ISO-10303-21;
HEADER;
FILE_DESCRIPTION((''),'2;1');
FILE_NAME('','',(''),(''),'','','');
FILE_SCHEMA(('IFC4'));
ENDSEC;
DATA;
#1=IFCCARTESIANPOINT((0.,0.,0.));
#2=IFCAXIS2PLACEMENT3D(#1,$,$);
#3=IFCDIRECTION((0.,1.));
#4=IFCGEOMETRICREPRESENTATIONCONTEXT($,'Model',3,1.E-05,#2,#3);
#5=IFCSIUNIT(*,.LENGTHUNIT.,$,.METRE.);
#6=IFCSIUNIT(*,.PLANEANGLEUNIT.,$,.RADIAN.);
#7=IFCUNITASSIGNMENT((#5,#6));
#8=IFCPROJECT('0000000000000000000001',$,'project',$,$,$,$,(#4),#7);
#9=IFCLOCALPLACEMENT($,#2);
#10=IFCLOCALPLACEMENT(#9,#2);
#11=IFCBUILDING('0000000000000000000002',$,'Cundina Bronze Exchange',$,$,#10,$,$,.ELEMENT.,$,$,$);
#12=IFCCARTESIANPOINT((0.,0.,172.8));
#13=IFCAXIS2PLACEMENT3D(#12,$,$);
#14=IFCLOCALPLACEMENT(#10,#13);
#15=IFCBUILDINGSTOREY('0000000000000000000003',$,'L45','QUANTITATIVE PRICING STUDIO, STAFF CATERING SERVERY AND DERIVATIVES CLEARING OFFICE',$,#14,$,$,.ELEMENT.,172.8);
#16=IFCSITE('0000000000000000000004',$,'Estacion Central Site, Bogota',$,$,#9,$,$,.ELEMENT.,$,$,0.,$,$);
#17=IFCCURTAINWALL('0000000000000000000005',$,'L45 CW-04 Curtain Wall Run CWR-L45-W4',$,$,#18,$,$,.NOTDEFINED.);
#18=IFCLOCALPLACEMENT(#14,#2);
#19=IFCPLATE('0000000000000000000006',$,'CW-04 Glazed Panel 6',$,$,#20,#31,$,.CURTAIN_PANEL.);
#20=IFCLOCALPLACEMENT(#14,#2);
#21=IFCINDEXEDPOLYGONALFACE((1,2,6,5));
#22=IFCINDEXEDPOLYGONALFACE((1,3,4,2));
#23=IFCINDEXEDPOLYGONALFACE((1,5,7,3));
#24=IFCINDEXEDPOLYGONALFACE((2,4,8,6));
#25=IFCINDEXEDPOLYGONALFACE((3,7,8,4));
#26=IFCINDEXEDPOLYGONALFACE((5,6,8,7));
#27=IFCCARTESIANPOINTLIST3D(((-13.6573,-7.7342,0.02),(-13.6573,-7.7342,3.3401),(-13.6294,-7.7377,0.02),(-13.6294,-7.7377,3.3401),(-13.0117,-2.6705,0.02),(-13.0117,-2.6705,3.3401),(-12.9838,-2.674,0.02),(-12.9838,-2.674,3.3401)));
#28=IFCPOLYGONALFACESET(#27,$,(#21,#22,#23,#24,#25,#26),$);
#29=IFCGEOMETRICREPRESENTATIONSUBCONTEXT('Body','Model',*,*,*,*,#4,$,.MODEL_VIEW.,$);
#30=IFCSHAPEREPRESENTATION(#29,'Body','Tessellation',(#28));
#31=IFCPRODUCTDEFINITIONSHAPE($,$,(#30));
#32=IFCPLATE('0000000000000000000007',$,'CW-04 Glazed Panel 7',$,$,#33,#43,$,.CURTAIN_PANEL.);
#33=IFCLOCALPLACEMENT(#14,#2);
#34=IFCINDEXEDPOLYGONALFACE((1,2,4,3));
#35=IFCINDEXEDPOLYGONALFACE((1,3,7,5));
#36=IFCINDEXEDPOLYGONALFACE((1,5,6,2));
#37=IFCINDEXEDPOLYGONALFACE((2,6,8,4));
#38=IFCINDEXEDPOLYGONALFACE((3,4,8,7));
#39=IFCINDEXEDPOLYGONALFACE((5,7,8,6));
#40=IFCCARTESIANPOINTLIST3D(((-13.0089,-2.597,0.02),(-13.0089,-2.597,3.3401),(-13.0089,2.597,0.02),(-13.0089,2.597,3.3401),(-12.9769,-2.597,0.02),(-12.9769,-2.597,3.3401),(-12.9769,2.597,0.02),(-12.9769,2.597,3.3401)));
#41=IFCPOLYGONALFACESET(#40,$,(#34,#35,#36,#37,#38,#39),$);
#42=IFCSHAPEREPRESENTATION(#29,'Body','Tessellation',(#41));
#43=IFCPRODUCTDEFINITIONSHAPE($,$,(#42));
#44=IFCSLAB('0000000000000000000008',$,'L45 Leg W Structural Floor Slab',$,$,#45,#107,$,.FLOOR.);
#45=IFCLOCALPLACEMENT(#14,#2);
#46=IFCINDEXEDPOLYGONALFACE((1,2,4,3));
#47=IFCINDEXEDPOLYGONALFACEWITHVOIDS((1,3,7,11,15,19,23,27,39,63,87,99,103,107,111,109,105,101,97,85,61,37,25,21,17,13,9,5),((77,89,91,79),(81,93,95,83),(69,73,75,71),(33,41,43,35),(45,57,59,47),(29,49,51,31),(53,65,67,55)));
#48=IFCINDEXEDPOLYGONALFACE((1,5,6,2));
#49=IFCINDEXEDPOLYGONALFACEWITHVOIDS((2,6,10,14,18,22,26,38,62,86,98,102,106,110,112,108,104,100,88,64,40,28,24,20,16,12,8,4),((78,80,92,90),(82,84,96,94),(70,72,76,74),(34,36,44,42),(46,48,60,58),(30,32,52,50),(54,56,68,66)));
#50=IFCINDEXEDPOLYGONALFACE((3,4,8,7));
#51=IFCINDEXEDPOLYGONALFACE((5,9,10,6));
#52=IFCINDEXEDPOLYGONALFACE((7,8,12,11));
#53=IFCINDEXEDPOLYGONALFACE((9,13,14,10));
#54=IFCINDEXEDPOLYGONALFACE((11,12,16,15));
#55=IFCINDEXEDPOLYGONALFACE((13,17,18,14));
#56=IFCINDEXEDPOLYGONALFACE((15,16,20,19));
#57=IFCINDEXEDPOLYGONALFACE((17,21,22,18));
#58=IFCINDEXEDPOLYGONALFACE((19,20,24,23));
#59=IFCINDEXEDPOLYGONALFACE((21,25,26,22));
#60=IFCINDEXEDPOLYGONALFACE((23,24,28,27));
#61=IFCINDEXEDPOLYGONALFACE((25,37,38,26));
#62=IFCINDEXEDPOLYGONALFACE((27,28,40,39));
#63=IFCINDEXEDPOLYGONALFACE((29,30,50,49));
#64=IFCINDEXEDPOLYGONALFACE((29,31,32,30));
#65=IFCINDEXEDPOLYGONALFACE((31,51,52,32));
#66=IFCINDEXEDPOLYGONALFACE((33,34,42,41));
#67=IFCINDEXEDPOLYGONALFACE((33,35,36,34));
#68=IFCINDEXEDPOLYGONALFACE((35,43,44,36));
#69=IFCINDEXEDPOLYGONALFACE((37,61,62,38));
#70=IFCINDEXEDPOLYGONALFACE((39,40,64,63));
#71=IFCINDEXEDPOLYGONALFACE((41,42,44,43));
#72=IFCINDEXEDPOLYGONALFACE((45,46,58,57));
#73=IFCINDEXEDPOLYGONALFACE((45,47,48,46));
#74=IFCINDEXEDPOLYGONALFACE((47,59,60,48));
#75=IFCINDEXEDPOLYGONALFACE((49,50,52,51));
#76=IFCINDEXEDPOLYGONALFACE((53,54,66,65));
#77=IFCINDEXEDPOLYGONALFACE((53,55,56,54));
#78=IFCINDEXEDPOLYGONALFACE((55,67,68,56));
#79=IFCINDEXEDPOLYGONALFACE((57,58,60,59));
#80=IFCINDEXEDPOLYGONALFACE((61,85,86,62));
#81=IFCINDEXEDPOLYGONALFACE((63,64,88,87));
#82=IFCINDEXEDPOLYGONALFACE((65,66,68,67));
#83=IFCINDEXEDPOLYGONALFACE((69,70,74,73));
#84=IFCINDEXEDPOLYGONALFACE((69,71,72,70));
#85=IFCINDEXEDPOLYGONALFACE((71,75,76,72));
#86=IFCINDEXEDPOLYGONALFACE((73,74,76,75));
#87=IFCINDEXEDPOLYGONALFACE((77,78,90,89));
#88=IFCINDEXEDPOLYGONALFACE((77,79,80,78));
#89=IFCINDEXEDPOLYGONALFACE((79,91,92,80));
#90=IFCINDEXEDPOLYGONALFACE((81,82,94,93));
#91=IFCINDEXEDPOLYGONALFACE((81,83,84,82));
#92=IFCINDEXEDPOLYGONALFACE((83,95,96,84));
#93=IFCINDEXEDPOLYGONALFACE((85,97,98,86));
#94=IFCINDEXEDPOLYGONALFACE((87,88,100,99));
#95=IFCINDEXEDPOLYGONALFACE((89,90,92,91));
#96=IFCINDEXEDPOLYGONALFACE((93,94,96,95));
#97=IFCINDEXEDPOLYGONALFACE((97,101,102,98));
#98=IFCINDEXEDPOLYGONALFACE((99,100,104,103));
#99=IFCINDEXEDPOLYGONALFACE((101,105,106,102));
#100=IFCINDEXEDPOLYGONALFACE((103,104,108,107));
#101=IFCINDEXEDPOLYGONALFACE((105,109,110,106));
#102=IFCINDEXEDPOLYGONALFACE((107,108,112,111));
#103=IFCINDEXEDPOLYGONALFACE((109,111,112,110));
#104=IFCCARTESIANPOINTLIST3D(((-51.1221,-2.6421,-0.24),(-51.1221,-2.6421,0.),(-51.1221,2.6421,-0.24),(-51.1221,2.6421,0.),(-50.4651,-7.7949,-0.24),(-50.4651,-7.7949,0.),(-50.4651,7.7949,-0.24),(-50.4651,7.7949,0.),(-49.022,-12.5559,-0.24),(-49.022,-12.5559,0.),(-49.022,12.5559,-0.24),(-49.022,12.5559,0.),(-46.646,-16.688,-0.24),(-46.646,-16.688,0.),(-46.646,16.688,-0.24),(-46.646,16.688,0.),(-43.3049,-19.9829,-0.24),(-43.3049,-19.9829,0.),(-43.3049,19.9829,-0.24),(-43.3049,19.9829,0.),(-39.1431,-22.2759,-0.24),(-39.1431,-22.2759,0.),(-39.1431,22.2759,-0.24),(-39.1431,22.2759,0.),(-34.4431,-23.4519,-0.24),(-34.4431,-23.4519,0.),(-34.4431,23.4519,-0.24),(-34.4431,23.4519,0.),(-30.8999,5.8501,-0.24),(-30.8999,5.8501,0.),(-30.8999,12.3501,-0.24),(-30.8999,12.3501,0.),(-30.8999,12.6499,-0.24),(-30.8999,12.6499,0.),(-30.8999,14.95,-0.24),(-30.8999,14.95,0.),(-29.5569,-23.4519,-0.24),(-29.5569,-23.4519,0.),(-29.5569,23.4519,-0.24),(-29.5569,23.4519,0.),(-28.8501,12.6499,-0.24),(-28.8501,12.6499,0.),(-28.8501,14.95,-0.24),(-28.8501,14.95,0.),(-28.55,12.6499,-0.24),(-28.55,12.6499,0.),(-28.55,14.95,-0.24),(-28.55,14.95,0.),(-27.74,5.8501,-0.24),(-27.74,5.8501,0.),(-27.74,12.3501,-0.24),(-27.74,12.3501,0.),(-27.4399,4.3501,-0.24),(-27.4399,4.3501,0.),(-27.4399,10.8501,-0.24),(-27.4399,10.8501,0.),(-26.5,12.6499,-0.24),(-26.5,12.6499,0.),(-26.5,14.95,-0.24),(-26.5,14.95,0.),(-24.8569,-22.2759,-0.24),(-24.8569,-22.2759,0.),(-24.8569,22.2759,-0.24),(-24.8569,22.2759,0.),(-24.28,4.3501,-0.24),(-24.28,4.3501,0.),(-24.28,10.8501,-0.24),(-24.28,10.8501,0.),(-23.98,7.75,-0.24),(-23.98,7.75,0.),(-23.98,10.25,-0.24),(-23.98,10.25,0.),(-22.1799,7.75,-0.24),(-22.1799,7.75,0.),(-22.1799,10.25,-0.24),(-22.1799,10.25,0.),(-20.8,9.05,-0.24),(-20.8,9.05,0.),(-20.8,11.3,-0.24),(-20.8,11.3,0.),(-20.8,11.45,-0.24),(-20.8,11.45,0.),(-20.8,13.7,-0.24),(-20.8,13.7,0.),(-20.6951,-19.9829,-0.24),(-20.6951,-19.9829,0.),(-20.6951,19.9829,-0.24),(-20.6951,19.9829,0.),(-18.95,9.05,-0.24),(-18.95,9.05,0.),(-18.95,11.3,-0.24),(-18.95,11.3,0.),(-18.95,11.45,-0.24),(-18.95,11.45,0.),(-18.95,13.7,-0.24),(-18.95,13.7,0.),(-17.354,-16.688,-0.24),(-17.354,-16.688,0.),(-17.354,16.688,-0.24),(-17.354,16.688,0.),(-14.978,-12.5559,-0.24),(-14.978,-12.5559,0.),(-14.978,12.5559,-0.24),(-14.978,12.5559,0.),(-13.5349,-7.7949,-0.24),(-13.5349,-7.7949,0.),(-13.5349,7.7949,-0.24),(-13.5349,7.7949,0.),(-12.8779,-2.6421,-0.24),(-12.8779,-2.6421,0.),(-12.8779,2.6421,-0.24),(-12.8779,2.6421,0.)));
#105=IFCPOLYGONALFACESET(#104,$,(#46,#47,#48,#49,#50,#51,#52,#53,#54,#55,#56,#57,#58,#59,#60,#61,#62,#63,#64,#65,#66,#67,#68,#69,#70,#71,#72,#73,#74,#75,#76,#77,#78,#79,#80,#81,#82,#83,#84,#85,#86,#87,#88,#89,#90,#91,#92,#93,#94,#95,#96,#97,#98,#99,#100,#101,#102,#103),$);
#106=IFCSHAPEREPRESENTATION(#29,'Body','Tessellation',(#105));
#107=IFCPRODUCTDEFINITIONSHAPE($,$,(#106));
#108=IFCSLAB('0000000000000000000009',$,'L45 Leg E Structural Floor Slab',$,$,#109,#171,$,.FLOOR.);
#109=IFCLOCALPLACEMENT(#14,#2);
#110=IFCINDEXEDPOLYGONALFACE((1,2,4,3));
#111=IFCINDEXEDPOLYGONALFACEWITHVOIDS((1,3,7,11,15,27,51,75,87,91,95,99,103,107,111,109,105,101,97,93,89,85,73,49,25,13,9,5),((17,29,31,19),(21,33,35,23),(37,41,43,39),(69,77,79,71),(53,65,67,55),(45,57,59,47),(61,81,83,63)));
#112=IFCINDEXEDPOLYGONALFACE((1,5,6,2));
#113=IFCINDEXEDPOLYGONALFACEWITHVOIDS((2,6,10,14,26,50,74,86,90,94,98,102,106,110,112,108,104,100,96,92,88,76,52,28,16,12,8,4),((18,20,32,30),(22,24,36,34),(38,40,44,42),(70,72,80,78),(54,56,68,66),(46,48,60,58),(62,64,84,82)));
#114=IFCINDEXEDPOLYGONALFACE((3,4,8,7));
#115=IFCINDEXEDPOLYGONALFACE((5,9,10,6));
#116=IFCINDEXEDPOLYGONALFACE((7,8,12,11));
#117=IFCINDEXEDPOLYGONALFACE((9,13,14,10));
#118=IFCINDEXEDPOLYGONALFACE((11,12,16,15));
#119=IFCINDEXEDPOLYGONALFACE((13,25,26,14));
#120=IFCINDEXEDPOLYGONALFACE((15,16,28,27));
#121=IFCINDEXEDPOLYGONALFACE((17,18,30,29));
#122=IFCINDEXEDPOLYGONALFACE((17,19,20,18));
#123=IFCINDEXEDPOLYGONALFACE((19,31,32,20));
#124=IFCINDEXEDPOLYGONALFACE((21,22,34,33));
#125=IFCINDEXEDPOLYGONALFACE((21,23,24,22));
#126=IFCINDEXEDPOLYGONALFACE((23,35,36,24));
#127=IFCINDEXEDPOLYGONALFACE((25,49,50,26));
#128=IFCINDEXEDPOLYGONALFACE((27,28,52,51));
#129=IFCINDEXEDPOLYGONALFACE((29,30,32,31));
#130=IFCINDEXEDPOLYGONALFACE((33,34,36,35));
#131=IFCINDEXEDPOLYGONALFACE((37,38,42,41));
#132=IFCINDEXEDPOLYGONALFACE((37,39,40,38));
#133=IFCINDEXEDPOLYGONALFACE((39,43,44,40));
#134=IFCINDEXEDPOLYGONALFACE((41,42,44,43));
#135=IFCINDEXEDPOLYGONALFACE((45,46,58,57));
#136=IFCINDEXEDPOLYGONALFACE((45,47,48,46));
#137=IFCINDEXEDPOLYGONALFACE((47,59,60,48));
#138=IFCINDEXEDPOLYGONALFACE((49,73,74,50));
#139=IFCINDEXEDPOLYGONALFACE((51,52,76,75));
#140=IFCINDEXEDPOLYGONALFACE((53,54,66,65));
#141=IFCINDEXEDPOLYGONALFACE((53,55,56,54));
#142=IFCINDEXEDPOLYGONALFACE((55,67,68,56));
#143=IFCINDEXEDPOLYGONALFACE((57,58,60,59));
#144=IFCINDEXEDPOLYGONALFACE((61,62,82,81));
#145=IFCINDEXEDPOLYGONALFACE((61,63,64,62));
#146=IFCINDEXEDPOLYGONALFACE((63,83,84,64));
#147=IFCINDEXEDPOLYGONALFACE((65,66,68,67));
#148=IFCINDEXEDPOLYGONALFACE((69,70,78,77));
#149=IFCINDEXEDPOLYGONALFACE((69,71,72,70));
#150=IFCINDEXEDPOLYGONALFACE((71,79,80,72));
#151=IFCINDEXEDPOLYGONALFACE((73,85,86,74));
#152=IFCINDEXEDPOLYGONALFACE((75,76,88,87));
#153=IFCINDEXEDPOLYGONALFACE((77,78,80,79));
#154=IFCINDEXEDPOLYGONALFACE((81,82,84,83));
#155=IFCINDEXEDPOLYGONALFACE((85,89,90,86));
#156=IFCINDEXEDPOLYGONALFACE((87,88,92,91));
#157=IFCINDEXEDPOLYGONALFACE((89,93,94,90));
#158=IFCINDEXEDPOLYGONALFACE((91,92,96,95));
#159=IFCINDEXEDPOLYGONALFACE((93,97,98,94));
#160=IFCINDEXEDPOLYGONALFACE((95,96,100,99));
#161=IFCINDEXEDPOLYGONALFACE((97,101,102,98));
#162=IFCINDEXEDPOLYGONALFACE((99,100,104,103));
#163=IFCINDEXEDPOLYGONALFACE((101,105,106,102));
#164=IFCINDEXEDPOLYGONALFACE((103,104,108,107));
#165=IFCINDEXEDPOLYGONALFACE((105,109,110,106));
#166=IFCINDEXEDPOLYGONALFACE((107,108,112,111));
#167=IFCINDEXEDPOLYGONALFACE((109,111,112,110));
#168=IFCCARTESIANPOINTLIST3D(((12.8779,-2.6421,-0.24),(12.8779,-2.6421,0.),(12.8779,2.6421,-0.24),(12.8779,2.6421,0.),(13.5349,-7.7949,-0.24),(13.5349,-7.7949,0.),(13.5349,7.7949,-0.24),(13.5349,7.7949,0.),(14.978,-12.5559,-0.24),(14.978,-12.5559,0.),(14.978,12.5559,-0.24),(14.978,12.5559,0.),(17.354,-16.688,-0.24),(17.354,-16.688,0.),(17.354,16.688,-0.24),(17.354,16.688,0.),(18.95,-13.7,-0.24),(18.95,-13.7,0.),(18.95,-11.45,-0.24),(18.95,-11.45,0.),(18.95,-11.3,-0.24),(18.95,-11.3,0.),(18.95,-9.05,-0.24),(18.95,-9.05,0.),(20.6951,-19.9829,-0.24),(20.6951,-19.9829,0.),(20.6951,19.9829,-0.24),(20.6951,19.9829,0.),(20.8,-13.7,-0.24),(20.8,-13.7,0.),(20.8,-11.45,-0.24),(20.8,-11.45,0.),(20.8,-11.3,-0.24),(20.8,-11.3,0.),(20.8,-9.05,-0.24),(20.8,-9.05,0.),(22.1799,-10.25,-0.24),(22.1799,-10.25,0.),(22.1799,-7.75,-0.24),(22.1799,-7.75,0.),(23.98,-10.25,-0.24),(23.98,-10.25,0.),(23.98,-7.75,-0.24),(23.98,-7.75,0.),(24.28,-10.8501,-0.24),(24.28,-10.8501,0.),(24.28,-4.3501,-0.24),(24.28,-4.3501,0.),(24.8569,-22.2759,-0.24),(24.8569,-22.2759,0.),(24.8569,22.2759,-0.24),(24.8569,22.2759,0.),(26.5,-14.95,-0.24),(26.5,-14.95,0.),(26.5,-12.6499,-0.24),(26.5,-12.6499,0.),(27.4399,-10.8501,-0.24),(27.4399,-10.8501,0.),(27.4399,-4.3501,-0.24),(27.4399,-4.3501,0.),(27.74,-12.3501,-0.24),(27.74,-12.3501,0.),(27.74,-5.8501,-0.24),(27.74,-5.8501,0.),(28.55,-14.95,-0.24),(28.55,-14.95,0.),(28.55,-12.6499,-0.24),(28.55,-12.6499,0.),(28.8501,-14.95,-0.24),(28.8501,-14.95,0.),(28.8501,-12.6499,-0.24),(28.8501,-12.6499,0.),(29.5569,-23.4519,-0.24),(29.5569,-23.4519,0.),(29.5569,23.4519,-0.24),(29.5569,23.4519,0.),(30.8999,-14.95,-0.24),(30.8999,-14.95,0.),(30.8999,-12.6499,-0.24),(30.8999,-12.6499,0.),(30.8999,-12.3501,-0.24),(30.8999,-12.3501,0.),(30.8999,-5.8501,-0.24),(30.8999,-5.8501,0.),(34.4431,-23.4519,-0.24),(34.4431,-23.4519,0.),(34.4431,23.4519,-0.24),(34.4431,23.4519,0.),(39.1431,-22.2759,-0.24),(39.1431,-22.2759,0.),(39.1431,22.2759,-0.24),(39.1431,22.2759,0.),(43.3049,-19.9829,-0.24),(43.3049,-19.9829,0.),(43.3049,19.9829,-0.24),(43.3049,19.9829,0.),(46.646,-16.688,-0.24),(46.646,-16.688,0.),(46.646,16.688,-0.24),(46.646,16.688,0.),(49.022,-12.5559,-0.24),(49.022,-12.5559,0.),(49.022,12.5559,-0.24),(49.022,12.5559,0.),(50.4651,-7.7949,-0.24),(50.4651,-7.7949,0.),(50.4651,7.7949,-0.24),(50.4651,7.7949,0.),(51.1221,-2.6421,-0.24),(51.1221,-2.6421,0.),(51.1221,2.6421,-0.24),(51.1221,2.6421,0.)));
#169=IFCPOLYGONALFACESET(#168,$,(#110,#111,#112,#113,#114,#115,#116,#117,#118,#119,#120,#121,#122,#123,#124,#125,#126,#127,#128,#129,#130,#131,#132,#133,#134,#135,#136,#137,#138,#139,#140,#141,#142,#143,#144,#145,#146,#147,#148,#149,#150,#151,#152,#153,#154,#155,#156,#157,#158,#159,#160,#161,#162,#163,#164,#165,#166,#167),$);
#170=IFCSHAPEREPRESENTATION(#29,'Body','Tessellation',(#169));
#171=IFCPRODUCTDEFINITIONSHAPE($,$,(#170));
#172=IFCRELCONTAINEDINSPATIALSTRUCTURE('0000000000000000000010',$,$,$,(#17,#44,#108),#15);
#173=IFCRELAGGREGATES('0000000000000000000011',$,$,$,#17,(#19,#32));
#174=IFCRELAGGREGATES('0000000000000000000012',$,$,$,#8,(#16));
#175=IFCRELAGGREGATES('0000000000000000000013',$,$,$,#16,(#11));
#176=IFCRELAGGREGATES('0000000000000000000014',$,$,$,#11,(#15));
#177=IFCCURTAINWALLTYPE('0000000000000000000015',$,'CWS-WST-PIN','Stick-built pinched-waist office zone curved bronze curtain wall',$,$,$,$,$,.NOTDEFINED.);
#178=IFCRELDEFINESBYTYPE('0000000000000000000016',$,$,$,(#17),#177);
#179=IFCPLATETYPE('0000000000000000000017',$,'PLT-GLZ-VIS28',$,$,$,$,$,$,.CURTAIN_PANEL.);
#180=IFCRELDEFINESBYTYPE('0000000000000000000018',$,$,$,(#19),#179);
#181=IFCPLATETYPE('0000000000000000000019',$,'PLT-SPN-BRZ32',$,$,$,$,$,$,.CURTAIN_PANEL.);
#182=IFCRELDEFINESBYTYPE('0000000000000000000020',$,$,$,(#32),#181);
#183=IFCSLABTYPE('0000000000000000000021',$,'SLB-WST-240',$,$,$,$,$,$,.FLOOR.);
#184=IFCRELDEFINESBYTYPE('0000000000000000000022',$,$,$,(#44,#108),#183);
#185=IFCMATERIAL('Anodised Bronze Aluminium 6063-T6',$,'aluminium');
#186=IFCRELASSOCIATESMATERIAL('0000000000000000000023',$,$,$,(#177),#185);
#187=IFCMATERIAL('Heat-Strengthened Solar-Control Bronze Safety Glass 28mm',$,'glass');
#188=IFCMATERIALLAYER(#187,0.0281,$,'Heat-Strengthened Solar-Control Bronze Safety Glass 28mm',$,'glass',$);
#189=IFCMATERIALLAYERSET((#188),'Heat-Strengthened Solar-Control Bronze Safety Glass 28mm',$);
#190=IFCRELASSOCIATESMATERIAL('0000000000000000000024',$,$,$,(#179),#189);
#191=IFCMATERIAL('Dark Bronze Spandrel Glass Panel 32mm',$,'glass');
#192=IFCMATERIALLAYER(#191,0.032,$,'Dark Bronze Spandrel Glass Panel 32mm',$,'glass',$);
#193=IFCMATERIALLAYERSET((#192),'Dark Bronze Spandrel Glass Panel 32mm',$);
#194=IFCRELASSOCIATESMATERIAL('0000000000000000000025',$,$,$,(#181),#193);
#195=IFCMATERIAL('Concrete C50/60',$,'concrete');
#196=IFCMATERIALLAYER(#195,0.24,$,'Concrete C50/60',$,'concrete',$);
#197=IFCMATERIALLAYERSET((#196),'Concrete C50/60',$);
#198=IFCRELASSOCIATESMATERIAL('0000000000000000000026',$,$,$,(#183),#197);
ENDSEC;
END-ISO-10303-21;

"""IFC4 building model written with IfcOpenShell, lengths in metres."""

from ifc_helpers import new_model, si_unit, direction, frame, origin, origin_2d, place, context, subcontext, project, spatial, polyline, rectangle, outline, extrude, material, layer, layer_set, type_object, element, aggregate, save


model = new_model("IFC4")

# Units and contexts
model_context = context("Model", 3, precision=1e-05, world=origin(), true_north=direction((0.0, 1.0)))
body_context = subcontext(model_context, "Body", "Model", "MODEL_VIEW")
ifc_project = project(units=[si_unit("LENGTHUNIT", "METRE"), si_unit("PLANEANGLEUNIT", "RADIAN")], contexts=[model_context])

# Site, building, storey
site_placement = place(None, origin())
site = spatial("IfcSite", under=ifc_project, at=site_placement, Name="Estacion Central Site, Bogota", CompositionType="ELEMENT", RefElevation=0.0)
building_placement = place(site_placement, origin())
building = spatial("IfcBuilding", under=site, at=building_placement, Name="Cundina Bronze Exchange", CompositionType="ELEMENT")
storey_placement = place(building_placement, frame((0.0, 0.0, 172.8)))
storey = spatial("IfcBuildingStorey", under=building, at=storey_placement, Name="L45", Description="QUANTITATIVE PRICING STUDIO, STAFF CATERING SERVERY AND DERIVATIVES CLEARING OFFICE", CompositionType="ELEMENT", Elevation=172.8)

# Shared definitions
ifc_material_1 = material(Name="Concrete C50/60", Category="concrete")

# Shared definitions
ifc_material_2 = material(Name="Anodised Bronze Aluminium 6063-T6", Category="aluminium")
curtain_wall_type = type_object("IfcCurtainWallType", Name="CWS-WST-PIN", Description="Stick-built pinched-waist office zone curved bronze curtain wall", PredefinedType="NOTDEFINED", material=ifc_material_2)

# Curtain wall
curtain_wall_1_placement = place(storey_placement, origin())
curtain_wall_1 = element("IfcCurtainWall", 1, at=curtain_wall_1_placement, inside=storey, type_object=curtain_wall_type, Name="L45 CW-04 Curtain Wall Run CWR-L45-W4", PredefinedType="NOTDEFINED")

# Plates
ifc_material_3 = material(Name="Heat-Strengthened Solar-Control Bronze Safety Glass 28mm", Category="glass")
ifc_layer_1 = layer(ifc_material_3, 0.0281, Name="Heat-Strengthened Solar-Control Bronze Safety Glass 28mm", Category="glass")
ifc_layer_set_1 = layer_set([ifc_layer_1], Name="Heat-Strengthened Solar-Control Bronze Safety Glass 28mm")
plate_type_1 = type_object("IfcPlateType", Name="PLT-GLZ-VIS28", PredefinedType="CURTAIN_PANEL", material=ifc_layer_set_1)
plate_1_placement = place(storey_placement, frame((-13.3206, -5.2041, 0.02), z_axis=(0.0, 0.0, 1.0), x_axis=(0.126476, 0.99197, 0.0)))
plate_1 = element("IfcPlate", 2, at=plate_1_placement, type_object=plate_type_1, Name="CW-04 Glazed Panel 6", PredefinedType="CURTAIN_PANEL", context=body_context, shape_type="SweptSolid", body=[
    extrude(rectangle(XDim=5.1047, YDim=0.0281, at=origin_2d()), origin(), (0.0, 0.0, 1.0), 3.3201),
])
ifc_material_4 = material(Name="Dark Bronze Spandrel Glass Panel 32mm", Category="glass")
ifc_layer_2 = layer(ifc_material_4, 0.032, Name="Dark Bronze Spandrel Glass Panel 32mm", Category="glass")
ifc_layer_set_2 = layer_set([ifc_layer_2], Name="Dark Bronze Spandrel Glass Panel 32mm")
plate_type_2 = type_object("IfcPlateType", Name="PLT-SPN-BRZ32", PredefinedType="CURTAIN_PANEL", material=ifc_layer_set_2)
plate_2_placement = place(storey_placement, frame((-12.9929, 0.0, 0.02), z_axis=(0.0, 0.0, 1.0), x_axis=(0.0, 1.0, 0.0)))
plate_2 = element("IfcPlate", 3, at=plate_2_placement, type_object=plate_type_2, Name="CW-04 Glazed Panel 7", PredefinedType="CURTAIN_PANEL", context=body_context, shape_type="SweptSolid", body=[
    extrude(rectangle(XDim=5.1941, YDim=0.032, at=origin_2d()), origin(), (0.0, 0.0, 1.0), 3.3201),
])
aggregate(curtain_wall_1, [plate_1, plate_2])

# Slabs
ifc_layer_3 = layer(ifc_material_1, 0.24, Name="Concrete C50/60", Category="concrete")
ifc_layer_set_3 = layer_set([ifc_layer_3], Name="Concrete C50/60")
slab_type = type_object("IfcSlabType", Name="SLB-WST-240", PredefinedType="FLOOR", material=ifc_layer_set_3)
slab_1_placement = place(storey_placement, frame((0.0, 0.0, -0.24)))
element("IfcSlab", 4, at=slab_1_placement, inside=storey, type_object=slab_type, Name="L45 Leg W Structural Floor Slab", PredefinedType="FLOOR", context=body_context, shape_type="SweptSolid", body=[
    extrude(outline(polyline([(-12.8779, 2.6421), (-13.5349, 7.7949), (-14.978, 12.5559), (-17.354, 16.688), (-20.6951, 19.9829), (-24.8569, 22.2759), (-29.5569, 23.4519), (-34.4431, 23.4519), (-39.1431, 22.2759), (-43.3049, 19.9829), (-46.646, 16.688), (-49.022, 12.5559), (-50.4651, 7.7949), (-51.1221, 2.6421), (-51.1221, -2.6421), (-50.4651, -7.7949), (-49.022, -12.5559), (-46.646, -16.688), (-43.3049, -19.9829), (-39.1431, -22.2759), (-34.4431, -23.4519), (-29.5569, -23.4519), (-24.8569, -22.2759), (-20.6951, -19.9829), (-17.354, -16.688), (-14.978, -12.5559), (-13.5349, -7.7949), (-12.8779, -2.6421), (-12.8779, 2.6421)]), holes=[polyline([(-27.74, 5.8501), (-27.74, 12.3501), (-30.8999, 12.3501), (-30.8999, 5.8501), (-27.74, 5.8501)]), polyline([(-27.4399, 10.8501), (-27.4399, 4.3501), (-24.28, 4.3501), (-24.28, 10.8501), (-27.4399, 10.8501)]), polyline([(-23.98, 10.25), (-22.1799, 10.25), (-22.1799, 7.75), (-23.98, 7.75), (-23.98, 10.25)]), polyline([(-30.8999, 14.95), (-28.8501, 14.95), (-28.8501, 12.6499), (-30.8999, 12.6499), (-30.8999, 14.95)]), polyline([(-28.55, 14.95), (-26.5, 14.95), (-26.5, 12.6499), (-28.55, 12.6499), (-28.55, 14.95)]), polyline([(-20.8, 13.7), (-18.95, 13.7), (-18.95, 11.45), (-20.8, 11.45), (-20.8, 13.7)]), polyline([(-20.8, 11.3), (-18.95, 11.3), (-18.95, 9.05), (-20.8, 9.05), (-20.8, 11.3)])]), origin(), (0.0, 0.0, 1.0), 0.24),
])
slab_2_placement = place(storey_placement, frame((0.0, 0.0, -0.24)))
element("IfcSlab", 5, at=slab_2_placement, inside=storey, type_object=slab_type, Name="L45 Leg E Structural Floor Slab", PredefinedType="FLOOR", context=body_context, shape_type="SweptSolid", body=[
    extrude(outline(polyline([(51.1221, 2.6421), (50.4651, 7.7949), (49.022, 12.5559), (46.646, 16.688), (43.3049, 19.9829), (39.1431, 22.2759), (34.4431, 23.4519), (29.5569, 23.4519), (24.8569, 22.2759), (20.6951, 19.9829), (17.354, 16.688), (14.978, 12.5559), (13.5349, 7.7949), (12.8779, 2.6421), (12.8779, -2.6421), (13.5349, -7.7949), (14.978, -12.5559), (17.354, -16.688), (20.6951, -19.9829), (24.8569, -22.2759), (29.5569, -23.4519), (34.4431, -23.4519), (39.1431, -22.2759), (43.3049, -19.9829), (46.646, -16.688), (49.022, -12.5559), (50.4651, -7.7949), (51.1221, -2.6421), (51.1221, 2.6421)]), holes=[polyline([(27.74, -5.8501), (27.74, -12.3501), (30.8999, -12.3501), (30.8999, -5.8501), (27.74, -5.8501)]), polyline([(27.4399, -10.8501), (27.4399, -4.3501), (24.28, -4.3501), (24.28, -10.8501), (27.4399, -10.8501)]), polyline([(22.1799, -7.75), (23.98, -7.75), (23.98, -10.25), (22.1799, -10.25), (22.1799, -7.75)]), polyline([(28.8501, -12.6499), (30.8999, -12.6499), (30.8999, -14.95), (28.8501, -14.95), (28.8501, -12.6499)]), polyline([(26.5, -12.6499), (28.55, -12.6499), (28.55, -14.95), (26.5, -14.95), (26.5, -12.6499)]), polyline([(18.95, -11.45), (20.8, -11.45), (20.8, -13.7), (18.95, -13.7), (18.95, -11.45)]), polyline([(18.95, -9.05), (20.8, -9.05), (20.8, -11.3), (18.95, -11.3), (18.95, -9.05)])]), origin(), (0.0, 0.0, 1.0), 0.24),
])

save(model, "model.ifc")
